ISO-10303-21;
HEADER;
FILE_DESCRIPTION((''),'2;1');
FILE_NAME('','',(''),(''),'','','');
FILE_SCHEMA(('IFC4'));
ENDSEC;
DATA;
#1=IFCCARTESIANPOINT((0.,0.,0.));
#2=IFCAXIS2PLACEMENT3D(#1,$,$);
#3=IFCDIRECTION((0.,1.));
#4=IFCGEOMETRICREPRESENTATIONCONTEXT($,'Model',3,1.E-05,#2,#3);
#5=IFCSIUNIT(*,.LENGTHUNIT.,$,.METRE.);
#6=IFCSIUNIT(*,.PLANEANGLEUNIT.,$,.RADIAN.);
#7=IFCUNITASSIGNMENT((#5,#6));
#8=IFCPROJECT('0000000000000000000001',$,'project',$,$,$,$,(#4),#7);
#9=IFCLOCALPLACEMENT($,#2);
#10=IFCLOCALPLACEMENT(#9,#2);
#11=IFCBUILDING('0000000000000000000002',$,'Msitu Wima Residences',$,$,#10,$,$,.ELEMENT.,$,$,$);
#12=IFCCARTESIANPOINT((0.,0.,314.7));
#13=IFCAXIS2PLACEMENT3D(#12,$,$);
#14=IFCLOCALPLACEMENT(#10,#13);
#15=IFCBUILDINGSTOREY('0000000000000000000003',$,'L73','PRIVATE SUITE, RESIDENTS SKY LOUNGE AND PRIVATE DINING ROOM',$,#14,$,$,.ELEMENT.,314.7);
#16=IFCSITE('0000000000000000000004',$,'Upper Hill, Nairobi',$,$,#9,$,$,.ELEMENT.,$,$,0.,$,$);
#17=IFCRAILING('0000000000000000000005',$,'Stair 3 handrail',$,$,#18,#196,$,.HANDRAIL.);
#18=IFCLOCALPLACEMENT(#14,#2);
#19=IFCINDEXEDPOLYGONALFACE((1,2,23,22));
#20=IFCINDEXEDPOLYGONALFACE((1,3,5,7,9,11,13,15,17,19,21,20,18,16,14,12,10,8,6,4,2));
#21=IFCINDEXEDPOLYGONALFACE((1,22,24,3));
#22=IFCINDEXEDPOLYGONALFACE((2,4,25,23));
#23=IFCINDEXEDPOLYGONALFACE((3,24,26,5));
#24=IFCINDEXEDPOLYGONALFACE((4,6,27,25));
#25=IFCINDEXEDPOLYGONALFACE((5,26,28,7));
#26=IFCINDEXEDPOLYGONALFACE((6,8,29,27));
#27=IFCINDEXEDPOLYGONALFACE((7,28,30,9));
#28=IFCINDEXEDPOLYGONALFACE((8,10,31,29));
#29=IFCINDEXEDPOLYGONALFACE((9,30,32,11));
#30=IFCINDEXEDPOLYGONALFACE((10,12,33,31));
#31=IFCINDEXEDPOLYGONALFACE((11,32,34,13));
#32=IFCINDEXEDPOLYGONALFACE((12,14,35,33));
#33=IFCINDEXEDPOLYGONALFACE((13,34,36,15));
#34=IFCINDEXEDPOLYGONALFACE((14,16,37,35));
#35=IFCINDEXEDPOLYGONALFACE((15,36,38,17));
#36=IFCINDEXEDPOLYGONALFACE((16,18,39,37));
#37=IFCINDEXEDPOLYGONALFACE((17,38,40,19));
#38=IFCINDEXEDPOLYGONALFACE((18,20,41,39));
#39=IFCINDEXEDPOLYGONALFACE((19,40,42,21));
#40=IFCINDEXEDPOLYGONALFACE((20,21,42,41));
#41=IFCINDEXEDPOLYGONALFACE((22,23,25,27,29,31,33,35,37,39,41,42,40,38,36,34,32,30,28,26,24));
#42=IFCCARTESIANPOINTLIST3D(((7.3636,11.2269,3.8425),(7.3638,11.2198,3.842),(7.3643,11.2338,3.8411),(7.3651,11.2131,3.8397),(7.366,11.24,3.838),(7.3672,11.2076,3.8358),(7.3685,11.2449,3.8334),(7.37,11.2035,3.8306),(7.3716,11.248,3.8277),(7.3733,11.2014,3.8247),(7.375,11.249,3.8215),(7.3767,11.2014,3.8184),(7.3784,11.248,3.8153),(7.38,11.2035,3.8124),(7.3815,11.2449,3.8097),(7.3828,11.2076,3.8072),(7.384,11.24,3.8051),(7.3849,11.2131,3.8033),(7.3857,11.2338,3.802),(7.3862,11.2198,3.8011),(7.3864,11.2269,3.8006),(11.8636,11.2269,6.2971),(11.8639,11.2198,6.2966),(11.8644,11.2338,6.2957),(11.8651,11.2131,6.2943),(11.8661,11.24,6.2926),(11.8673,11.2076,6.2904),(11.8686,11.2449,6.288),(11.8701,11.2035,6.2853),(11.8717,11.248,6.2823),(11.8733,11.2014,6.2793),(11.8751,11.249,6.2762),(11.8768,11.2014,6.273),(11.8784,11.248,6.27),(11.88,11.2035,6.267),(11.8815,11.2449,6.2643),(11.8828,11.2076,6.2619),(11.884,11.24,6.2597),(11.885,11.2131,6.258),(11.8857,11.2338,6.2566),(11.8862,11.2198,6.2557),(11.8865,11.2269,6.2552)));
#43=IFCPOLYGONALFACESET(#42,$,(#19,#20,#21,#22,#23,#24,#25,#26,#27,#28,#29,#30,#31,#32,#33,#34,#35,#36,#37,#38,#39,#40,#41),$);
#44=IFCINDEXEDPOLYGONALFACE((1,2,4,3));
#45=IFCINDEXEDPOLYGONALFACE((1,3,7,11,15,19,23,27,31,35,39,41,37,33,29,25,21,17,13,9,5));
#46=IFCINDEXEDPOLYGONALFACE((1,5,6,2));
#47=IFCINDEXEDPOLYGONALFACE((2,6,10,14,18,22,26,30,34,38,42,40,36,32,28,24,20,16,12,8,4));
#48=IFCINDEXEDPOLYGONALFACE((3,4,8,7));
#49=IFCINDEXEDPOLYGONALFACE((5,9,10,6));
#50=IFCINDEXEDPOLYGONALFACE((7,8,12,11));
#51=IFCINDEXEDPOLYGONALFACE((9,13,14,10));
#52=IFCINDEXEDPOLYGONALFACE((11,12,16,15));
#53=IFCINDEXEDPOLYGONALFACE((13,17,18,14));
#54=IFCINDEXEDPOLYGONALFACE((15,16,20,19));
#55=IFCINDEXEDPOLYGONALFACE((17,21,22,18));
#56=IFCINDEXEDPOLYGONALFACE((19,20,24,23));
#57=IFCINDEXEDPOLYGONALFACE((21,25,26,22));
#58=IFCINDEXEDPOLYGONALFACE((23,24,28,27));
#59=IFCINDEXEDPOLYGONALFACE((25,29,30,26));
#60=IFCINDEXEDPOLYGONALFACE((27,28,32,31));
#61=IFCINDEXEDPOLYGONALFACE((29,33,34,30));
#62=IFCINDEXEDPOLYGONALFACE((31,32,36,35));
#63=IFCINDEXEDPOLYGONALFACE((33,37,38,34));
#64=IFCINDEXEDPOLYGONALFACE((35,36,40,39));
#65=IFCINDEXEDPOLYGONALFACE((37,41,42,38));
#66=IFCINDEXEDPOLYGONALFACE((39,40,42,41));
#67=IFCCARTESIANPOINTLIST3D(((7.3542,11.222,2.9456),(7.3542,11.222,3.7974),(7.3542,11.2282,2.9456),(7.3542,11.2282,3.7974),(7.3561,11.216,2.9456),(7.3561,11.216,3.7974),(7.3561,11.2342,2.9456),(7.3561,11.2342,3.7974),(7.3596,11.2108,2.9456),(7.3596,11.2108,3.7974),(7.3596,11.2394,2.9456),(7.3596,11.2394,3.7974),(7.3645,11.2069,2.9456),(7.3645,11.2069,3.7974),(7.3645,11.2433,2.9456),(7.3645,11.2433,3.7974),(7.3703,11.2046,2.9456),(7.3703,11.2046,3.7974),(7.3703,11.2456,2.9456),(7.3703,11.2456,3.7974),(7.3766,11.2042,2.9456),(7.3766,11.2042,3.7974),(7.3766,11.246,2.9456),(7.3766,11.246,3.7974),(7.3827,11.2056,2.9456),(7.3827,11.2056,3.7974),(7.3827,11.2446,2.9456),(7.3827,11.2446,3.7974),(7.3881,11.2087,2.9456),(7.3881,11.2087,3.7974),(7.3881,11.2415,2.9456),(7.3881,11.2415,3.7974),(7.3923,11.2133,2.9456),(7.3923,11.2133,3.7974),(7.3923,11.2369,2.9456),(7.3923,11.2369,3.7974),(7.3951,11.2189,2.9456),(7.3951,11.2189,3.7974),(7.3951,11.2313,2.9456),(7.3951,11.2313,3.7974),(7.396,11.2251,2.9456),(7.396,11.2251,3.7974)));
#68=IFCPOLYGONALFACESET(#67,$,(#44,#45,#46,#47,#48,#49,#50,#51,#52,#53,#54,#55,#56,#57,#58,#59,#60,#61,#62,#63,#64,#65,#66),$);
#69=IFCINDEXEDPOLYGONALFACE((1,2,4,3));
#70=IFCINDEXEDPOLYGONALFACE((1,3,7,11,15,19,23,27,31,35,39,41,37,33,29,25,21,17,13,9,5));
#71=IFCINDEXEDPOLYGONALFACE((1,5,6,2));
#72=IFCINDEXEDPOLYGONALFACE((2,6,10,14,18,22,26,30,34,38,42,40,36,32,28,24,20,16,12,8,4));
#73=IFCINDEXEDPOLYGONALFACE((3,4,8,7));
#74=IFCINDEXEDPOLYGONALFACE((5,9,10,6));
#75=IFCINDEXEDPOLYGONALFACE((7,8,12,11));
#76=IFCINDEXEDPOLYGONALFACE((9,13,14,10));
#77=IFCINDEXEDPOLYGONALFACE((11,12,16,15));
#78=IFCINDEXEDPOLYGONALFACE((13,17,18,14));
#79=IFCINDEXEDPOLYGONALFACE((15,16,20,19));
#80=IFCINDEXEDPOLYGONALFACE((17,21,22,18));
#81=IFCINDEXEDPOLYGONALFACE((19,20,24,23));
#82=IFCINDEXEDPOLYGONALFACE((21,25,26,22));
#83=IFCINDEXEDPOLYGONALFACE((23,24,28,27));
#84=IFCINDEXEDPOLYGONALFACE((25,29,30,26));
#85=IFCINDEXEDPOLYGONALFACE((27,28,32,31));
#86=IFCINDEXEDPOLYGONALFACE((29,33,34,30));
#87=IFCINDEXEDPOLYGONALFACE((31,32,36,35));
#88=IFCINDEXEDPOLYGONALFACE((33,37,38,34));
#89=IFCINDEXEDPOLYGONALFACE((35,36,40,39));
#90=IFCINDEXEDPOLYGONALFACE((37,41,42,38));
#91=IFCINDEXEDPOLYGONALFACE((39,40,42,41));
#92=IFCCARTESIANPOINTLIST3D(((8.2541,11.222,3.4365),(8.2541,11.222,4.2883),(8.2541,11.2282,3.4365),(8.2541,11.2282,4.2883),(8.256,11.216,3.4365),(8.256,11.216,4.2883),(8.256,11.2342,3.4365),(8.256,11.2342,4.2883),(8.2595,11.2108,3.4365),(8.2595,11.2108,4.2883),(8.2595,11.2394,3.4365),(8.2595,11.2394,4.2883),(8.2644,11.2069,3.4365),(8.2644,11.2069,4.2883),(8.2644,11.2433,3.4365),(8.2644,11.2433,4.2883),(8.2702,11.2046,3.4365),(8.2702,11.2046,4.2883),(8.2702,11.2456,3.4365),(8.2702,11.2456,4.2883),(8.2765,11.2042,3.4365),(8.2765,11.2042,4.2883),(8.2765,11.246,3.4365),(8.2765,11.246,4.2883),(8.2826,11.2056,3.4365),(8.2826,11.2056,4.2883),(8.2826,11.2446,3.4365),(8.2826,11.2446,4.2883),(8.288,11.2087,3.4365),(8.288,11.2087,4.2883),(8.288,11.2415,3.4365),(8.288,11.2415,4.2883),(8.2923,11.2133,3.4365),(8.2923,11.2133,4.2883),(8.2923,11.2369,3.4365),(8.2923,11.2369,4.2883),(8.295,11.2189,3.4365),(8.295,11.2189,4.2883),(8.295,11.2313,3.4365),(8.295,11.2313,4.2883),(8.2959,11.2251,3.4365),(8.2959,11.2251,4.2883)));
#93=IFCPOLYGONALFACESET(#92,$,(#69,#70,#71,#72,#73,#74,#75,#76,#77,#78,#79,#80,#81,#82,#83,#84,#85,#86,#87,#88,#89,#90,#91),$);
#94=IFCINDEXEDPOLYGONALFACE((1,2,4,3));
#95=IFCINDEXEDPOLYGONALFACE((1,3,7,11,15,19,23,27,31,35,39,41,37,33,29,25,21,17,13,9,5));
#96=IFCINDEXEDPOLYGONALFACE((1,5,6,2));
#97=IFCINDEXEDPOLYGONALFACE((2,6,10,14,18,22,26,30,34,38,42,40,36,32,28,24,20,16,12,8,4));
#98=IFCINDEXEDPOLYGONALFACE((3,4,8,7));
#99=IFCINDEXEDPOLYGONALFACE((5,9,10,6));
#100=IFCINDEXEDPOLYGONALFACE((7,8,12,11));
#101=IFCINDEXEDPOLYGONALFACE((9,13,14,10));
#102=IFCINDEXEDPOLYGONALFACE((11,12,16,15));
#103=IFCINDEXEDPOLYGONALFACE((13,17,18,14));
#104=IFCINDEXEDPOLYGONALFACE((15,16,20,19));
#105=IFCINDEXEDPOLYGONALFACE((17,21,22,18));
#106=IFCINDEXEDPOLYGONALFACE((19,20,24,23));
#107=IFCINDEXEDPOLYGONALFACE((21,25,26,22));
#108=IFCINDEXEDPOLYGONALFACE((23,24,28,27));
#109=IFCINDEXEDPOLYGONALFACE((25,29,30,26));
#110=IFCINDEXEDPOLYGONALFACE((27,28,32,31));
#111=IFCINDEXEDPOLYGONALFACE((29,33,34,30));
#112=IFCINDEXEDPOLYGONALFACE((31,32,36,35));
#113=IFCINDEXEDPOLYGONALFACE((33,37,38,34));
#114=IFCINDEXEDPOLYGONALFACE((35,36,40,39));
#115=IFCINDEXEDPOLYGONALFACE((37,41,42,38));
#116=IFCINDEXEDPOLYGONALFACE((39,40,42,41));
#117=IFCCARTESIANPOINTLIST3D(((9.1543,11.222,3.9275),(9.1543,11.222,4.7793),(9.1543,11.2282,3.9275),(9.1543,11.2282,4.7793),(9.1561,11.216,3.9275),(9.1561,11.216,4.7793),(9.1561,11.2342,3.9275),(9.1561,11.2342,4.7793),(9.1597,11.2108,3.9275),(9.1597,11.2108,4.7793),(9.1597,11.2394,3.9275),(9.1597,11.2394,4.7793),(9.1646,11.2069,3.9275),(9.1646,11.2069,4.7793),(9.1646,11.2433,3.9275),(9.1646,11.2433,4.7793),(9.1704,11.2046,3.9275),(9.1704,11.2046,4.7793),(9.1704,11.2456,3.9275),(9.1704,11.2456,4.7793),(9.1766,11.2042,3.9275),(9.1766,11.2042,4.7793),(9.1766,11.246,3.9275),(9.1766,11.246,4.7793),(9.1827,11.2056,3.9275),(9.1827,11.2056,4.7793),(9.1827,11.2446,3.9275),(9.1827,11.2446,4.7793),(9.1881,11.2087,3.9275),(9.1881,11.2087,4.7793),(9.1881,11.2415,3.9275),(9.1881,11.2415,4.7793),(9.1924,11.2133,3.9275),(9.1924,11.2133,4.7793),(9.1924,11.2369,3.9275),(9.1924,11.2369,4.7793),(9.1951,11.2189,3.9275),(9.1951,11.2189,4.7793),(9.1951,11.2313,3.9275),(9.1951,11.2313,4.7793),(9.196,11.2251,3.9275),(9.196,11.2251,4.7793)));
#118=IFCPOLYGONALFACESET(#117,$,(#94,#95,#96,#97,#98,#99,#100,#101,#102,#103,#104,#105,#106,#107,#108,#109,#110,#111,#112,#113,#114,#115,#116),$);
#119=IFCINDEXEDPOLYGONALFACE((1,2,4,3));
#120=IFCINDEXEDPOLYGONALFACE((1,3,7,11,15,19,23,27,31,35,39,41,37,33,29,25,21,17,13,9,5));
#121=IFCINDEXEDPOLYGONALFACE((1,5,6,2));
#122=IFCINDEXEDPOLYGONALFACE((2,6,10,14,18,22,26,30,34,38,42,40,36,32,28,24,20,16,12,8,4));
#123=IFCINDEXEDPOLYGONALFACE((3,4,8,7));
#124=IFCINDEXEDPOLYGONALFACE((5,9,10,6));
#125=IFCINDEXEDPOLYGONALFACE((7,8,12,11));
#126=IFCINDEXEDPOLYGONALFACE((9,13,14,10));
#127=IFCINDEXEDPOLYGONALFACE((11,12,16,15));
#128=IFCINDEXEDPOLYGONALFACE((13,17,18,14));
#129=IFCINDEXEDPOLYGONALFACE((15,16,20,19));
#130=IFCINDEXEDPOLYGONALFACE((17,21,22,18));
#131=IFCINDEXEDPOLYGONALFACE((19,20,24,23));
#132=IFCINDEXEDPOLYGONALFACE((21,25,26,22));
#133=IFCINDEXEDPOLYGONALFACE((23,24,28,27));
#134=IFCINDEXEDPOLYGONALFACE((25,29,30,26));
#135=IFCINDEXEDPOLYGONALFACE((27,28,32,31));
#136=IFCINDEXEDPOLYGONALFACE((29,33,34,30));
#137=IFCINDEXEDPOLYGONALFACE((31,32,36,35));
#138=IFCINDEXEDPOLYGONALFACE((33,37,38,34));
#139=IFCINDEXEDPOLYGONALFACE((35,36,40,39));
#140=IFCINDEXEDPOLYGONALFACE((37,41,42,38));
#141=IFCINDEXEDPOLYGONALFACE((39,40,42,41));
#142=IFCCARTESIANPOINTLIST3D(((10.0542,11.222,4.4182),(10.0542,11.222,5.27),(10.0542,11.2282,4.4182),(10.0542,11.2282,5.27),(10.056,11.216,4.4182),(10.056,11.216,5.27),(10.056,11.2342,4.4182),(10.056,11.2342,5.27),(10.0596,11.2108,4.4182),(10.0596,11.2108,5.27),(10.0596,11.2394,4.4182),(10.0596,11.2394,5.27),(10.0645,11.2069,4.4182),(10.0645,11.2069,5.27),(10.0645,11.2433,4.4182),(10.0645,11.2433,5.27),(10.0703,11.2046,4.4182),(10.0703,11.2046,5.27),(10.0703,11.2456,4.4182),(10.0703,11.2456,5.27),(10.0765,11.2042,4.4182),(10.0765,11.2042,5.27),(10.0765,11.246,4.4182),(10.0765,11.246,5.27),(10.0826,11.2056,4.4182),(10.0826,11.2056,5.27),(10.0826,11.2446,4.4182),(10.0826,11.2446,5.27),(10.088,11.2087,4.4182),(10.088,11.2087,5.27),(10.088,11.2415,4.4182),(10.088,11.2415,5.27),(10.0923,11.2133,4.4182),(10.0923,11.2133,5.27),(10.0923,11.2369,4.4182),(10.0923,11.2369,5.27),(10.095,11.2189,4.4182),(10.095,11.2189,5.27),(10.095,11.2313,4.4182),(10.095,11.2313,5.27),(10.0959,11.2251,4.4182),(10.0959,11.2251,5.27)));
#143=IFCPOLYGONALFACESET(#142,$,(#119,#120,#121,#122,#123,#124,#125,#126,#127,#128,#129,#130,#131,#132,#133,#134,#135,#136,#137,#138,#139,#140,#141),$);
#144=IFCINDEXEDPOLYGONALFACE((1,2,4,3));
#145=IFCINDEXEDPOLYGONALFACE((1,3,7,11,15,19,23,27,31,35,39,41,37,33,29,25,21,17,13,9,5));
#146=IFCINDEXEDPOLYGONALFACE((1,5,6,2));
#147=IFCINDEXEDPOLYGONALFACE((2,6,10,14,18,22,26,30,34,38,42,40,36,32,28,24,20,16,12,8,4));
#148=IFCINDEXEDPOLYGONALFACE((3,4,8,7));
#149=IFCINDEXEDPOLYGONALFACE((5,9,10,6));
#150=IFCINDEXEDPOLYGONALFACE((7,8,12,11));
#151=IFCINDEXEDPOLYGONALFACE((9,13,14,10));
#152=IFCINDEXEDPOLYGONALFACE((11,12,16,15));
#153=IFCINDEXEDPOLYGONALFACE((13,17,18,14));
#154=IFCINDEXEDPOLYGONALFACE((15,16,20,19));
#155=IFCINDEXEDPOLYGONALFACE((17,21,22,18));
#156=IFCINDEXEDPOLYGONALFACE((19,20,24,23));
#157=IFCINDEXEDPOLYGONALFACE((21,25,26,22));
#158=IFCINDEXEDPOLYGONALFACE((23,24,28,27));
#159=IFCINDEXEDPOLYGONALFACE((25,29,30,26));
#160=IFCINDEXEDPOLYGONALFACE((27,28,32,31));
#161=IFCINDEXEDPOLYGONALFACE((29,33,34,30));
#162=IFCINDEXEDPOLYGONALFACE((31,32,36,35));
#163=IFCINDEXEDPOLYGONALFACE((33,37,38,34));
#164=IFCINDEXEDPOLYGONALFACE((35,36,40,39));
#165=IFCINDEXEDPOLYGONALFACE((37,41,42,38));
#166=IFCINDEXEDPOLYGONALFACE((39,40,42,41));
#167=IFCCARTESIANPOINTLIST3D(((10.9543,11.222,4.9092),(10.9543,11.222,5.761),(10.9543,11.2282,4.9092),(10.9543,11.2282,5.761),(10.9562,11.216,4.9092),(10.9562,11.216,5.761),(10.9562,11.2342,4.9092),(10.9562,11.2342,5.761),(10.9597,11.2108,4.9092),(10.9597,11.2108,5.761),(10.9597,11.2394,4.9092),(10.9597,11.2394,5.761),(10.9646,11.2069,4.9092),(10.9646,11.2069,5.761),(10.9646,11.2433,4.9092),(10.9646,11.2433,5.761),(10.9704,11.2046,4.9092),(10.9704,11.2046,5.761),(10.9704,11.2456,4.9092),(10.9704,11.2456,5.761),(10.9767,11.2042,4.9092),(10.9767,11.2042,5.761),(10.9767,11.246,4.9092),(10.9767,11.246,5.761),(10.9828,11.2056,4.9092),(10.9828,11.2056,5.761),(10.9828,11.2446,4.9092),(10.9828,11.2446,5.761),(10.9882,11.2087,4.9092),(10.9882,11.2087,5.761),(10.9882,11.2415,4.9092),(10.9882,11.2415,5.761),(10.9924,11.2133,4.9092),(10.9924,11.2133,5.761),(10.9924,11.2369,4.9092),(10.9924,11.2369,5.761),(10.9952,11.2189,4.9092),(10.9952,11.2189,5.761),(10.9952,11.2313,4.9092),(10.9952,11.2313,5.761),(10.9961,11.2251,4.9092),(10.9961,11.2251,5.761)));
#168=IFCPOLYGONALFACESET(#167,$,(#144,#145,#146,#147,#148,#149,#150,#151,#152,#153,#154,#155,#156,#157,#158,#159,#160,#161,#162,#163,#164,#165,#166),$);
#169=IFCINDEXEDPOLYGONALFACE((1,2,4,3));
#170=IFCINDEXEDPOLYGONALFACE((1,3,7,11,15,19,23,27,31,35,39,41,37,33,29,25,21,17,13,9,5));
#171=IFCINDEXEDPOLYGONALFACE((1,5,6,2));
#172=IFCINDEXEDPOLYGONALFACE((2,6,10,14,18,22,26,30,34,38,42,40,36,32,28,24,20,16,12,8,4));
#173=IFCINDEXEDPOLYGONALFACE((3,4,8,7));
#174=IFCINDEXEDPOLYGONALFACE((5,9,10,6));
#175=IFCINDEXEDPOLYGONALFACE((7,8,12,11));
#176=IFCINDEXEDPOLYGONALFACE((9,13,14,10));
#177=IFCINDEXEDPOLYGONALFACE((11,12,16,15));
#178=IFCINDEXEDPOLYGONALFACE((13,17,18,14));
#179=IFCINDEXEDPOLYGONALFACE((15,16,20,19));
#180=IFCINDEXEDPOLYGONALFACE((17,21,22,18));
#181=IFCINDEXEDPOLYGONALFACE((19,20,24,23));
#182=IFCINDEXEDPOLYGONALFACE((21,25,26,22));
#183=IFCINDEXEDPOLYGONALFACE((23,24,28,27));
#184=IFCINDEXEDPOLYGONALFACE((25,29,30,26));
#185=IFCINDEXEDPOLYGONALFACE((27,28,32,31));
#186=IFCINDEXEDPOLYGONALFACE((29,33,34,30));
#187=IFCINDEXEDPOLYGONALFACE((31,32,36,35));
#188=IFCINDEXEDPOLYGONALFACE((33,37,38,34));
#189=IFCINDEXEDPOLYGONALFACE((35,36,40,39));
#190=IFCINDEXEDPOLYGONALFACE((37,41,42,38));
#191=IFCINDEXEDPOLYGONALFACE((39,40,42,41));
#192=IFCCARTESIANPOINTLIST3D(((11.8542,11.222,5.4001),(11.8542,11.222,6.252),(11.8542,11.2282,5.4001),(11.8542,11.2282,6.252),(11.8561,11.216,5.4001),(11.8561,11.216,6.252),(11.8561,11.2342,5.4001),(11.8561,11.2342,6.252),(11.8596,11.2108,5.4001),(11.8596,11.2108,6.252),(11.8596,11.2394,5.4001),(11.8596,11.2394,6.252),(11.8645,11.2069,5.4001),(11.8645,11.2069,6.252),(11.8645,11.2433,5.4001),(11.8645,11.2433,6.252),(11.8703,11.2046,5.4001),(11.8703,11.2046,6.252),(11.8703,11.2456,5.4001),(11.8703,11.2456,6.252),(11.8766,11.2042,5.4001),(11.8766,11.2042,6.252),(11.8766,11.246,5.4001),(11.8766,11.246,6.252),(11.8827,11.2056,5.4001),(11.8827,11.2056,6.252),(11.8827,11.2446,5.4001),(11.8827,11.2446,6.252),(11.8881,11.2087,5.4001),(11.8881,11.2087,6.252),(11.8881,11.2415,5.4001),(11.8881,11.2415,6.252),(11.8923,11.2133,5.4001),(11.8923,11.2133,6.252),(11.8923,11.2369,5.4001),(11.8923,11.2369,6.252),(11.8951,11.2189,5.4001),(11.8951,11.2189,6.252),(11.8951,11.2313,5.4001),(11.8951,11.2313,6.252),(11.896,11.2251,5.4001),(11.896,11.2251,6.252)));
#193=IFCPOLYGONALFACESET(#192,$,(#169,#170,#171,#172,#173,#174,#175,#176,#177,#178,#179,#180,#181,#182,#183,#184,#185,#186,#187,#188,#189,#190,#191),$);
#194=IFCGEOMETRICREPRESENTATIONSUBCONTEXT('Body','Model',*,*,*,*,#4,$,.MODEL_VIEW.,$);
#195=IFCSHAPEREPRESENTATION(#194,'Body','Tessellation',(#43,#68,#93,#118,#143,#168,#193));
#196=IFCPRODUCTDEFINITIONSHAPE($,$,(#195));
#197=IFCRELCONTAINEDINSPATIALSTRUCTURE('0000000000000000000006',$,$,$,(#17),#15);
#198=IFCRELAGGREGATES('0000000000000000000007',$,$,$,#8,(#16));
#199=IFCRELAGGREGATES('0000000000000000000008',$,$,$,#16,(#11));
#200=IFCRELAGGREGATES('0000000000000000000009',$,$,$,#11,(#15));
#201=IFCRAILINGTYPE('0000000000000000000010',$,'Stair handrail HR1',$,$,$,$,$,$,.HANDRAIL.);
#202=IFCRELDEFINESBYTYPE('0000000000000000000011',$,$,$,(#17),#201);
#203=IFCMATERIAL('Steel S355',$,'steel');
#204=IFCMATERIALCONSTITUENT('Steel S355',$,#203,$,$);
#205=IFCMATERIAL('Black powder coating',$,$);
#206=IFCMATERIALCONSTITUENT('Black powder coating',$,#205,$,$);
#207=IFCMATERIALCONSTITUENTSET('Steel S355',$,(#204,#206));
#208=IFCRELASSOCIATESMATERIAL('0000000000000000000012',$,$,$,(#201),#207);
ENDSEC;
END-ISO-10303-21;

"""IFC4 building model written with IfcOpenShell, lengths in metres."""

from ifc_helpers import new_model, si_unit, direction, frame, origin, origin_2d, place, context, subcontext, project, spatial, circle, extrude, material, constituent, constituent_set, type_object, element, save


model = new_model("IFC4")

# Units and contexts
model_context = context("Model", 3, precision=1e-05, world=origin(), true_north=direction((0.0, 1.0)))
body_context = subcontext(model_context, "Body", "Model", "MODEL_VIEW")
ifc_project = project(units=[si_unit("LENGTHUNIT", "METRE"), si_unit("PLANEANGLEUNIT", "RADIAN")], contexts=[model_context])

# Site, building, storey
site_placement = place(None, origin())
site = spatial("IfcSite", under=ifc_project, at=site_placement, Name="Upper Hill, Nairobi", CompositionType="ELEMENT", RefElevation=0.0)
building_placement = place(site_placement, origin())
building = spatial("IfcBuilding", under=site, at=building_placement, Name="Msitu Wima Residences", CompositionType="ELEMENT")
storey_placement = place(building_placement, frame((0.0, 0.0, 314.7)))
storey = spatial("IfcBuildingStorey", under=building, at=storey_placement, Name="L73", Description="PRIVATE SUITE, RESIDENTS SKY LOUNGE AND PRIVATE DINING ROOM", CompositionType="ELEMENT", Elevation=314.7)

# Railing
ifc_material_1 = material(Name="Steel S355", Category="steel")
ifc_constituent_1 = constituent(ifc_material_1, Name="Steel S355")
ifc_material_2 = material(Name="Black powder coating")
ifc_constituent_2 = constituent(ifc_material_2, Name="Black powder coating")
ifc_constituent_set = constituent_set(constituents=[ifc_constituent_1, ifc_constituent_2], Name="Steel S355")
railing_type = type_object("IfcRailingType", Name="Stair handrail HR1", PredefinedType="HANDRAIL", material=ifc_constituent_set)
for number, where, name in (
    (1, (7.375, 11.2251, 2.9456), "Stair 3 handrail"),
):
    element("IfcRailing", number, at=place(storey_placement, frame(where)), inside=storey, type_object=railing_type, Name=name, PredefinedType="HANDRAIL", context=body_context, shape_type="SweptSolid", body=[
        extrude(circle(Radius=0.0239, at=origin_2d()), frame((0.0, 0.0, 0.876), z_axis=(0.877892, 0.0, 0.478859), x_axis=(0.0, 1.0, 0.0)), (0.0, 0.0, 1.0), 5.126),
        extrude(circle(Radius=0.021, at=origin_2d()), origin(), (0.0, 0.0, 1.0), 0.8518),
        extrude(circle(Radius=0.021, at=origin_2d()), frame((0.8999, 0.0, 0.491)), (0.0, 0.0, 1.0), 0.8518),
        extrude(circle(Radius=0.021, at=origin_2d()), frame((1.8, 0.0, 0.9819)), (0.0, 0.0, 1.0), 0.8518),
        extrude(circle(Radius=0.021, at=origin_2d()), frame((2.7, 0.0, 1.4727)), (0.0, 0.0, 1.0), 0.8518),
        extrude(circle(Radius=0.021, at=origin_2d()), frame((3.6001, 0.0, 1.9636)), (0.0, 0.0, 1.0), 0.8518),
        extrude(circle(Radius=0.021, at=origin_2d()), frame((4.5, 0.0, 2.4546)), (0.0, 0.0, 1.0), 0.8518),
    ])

save(model, "model.ifc")
